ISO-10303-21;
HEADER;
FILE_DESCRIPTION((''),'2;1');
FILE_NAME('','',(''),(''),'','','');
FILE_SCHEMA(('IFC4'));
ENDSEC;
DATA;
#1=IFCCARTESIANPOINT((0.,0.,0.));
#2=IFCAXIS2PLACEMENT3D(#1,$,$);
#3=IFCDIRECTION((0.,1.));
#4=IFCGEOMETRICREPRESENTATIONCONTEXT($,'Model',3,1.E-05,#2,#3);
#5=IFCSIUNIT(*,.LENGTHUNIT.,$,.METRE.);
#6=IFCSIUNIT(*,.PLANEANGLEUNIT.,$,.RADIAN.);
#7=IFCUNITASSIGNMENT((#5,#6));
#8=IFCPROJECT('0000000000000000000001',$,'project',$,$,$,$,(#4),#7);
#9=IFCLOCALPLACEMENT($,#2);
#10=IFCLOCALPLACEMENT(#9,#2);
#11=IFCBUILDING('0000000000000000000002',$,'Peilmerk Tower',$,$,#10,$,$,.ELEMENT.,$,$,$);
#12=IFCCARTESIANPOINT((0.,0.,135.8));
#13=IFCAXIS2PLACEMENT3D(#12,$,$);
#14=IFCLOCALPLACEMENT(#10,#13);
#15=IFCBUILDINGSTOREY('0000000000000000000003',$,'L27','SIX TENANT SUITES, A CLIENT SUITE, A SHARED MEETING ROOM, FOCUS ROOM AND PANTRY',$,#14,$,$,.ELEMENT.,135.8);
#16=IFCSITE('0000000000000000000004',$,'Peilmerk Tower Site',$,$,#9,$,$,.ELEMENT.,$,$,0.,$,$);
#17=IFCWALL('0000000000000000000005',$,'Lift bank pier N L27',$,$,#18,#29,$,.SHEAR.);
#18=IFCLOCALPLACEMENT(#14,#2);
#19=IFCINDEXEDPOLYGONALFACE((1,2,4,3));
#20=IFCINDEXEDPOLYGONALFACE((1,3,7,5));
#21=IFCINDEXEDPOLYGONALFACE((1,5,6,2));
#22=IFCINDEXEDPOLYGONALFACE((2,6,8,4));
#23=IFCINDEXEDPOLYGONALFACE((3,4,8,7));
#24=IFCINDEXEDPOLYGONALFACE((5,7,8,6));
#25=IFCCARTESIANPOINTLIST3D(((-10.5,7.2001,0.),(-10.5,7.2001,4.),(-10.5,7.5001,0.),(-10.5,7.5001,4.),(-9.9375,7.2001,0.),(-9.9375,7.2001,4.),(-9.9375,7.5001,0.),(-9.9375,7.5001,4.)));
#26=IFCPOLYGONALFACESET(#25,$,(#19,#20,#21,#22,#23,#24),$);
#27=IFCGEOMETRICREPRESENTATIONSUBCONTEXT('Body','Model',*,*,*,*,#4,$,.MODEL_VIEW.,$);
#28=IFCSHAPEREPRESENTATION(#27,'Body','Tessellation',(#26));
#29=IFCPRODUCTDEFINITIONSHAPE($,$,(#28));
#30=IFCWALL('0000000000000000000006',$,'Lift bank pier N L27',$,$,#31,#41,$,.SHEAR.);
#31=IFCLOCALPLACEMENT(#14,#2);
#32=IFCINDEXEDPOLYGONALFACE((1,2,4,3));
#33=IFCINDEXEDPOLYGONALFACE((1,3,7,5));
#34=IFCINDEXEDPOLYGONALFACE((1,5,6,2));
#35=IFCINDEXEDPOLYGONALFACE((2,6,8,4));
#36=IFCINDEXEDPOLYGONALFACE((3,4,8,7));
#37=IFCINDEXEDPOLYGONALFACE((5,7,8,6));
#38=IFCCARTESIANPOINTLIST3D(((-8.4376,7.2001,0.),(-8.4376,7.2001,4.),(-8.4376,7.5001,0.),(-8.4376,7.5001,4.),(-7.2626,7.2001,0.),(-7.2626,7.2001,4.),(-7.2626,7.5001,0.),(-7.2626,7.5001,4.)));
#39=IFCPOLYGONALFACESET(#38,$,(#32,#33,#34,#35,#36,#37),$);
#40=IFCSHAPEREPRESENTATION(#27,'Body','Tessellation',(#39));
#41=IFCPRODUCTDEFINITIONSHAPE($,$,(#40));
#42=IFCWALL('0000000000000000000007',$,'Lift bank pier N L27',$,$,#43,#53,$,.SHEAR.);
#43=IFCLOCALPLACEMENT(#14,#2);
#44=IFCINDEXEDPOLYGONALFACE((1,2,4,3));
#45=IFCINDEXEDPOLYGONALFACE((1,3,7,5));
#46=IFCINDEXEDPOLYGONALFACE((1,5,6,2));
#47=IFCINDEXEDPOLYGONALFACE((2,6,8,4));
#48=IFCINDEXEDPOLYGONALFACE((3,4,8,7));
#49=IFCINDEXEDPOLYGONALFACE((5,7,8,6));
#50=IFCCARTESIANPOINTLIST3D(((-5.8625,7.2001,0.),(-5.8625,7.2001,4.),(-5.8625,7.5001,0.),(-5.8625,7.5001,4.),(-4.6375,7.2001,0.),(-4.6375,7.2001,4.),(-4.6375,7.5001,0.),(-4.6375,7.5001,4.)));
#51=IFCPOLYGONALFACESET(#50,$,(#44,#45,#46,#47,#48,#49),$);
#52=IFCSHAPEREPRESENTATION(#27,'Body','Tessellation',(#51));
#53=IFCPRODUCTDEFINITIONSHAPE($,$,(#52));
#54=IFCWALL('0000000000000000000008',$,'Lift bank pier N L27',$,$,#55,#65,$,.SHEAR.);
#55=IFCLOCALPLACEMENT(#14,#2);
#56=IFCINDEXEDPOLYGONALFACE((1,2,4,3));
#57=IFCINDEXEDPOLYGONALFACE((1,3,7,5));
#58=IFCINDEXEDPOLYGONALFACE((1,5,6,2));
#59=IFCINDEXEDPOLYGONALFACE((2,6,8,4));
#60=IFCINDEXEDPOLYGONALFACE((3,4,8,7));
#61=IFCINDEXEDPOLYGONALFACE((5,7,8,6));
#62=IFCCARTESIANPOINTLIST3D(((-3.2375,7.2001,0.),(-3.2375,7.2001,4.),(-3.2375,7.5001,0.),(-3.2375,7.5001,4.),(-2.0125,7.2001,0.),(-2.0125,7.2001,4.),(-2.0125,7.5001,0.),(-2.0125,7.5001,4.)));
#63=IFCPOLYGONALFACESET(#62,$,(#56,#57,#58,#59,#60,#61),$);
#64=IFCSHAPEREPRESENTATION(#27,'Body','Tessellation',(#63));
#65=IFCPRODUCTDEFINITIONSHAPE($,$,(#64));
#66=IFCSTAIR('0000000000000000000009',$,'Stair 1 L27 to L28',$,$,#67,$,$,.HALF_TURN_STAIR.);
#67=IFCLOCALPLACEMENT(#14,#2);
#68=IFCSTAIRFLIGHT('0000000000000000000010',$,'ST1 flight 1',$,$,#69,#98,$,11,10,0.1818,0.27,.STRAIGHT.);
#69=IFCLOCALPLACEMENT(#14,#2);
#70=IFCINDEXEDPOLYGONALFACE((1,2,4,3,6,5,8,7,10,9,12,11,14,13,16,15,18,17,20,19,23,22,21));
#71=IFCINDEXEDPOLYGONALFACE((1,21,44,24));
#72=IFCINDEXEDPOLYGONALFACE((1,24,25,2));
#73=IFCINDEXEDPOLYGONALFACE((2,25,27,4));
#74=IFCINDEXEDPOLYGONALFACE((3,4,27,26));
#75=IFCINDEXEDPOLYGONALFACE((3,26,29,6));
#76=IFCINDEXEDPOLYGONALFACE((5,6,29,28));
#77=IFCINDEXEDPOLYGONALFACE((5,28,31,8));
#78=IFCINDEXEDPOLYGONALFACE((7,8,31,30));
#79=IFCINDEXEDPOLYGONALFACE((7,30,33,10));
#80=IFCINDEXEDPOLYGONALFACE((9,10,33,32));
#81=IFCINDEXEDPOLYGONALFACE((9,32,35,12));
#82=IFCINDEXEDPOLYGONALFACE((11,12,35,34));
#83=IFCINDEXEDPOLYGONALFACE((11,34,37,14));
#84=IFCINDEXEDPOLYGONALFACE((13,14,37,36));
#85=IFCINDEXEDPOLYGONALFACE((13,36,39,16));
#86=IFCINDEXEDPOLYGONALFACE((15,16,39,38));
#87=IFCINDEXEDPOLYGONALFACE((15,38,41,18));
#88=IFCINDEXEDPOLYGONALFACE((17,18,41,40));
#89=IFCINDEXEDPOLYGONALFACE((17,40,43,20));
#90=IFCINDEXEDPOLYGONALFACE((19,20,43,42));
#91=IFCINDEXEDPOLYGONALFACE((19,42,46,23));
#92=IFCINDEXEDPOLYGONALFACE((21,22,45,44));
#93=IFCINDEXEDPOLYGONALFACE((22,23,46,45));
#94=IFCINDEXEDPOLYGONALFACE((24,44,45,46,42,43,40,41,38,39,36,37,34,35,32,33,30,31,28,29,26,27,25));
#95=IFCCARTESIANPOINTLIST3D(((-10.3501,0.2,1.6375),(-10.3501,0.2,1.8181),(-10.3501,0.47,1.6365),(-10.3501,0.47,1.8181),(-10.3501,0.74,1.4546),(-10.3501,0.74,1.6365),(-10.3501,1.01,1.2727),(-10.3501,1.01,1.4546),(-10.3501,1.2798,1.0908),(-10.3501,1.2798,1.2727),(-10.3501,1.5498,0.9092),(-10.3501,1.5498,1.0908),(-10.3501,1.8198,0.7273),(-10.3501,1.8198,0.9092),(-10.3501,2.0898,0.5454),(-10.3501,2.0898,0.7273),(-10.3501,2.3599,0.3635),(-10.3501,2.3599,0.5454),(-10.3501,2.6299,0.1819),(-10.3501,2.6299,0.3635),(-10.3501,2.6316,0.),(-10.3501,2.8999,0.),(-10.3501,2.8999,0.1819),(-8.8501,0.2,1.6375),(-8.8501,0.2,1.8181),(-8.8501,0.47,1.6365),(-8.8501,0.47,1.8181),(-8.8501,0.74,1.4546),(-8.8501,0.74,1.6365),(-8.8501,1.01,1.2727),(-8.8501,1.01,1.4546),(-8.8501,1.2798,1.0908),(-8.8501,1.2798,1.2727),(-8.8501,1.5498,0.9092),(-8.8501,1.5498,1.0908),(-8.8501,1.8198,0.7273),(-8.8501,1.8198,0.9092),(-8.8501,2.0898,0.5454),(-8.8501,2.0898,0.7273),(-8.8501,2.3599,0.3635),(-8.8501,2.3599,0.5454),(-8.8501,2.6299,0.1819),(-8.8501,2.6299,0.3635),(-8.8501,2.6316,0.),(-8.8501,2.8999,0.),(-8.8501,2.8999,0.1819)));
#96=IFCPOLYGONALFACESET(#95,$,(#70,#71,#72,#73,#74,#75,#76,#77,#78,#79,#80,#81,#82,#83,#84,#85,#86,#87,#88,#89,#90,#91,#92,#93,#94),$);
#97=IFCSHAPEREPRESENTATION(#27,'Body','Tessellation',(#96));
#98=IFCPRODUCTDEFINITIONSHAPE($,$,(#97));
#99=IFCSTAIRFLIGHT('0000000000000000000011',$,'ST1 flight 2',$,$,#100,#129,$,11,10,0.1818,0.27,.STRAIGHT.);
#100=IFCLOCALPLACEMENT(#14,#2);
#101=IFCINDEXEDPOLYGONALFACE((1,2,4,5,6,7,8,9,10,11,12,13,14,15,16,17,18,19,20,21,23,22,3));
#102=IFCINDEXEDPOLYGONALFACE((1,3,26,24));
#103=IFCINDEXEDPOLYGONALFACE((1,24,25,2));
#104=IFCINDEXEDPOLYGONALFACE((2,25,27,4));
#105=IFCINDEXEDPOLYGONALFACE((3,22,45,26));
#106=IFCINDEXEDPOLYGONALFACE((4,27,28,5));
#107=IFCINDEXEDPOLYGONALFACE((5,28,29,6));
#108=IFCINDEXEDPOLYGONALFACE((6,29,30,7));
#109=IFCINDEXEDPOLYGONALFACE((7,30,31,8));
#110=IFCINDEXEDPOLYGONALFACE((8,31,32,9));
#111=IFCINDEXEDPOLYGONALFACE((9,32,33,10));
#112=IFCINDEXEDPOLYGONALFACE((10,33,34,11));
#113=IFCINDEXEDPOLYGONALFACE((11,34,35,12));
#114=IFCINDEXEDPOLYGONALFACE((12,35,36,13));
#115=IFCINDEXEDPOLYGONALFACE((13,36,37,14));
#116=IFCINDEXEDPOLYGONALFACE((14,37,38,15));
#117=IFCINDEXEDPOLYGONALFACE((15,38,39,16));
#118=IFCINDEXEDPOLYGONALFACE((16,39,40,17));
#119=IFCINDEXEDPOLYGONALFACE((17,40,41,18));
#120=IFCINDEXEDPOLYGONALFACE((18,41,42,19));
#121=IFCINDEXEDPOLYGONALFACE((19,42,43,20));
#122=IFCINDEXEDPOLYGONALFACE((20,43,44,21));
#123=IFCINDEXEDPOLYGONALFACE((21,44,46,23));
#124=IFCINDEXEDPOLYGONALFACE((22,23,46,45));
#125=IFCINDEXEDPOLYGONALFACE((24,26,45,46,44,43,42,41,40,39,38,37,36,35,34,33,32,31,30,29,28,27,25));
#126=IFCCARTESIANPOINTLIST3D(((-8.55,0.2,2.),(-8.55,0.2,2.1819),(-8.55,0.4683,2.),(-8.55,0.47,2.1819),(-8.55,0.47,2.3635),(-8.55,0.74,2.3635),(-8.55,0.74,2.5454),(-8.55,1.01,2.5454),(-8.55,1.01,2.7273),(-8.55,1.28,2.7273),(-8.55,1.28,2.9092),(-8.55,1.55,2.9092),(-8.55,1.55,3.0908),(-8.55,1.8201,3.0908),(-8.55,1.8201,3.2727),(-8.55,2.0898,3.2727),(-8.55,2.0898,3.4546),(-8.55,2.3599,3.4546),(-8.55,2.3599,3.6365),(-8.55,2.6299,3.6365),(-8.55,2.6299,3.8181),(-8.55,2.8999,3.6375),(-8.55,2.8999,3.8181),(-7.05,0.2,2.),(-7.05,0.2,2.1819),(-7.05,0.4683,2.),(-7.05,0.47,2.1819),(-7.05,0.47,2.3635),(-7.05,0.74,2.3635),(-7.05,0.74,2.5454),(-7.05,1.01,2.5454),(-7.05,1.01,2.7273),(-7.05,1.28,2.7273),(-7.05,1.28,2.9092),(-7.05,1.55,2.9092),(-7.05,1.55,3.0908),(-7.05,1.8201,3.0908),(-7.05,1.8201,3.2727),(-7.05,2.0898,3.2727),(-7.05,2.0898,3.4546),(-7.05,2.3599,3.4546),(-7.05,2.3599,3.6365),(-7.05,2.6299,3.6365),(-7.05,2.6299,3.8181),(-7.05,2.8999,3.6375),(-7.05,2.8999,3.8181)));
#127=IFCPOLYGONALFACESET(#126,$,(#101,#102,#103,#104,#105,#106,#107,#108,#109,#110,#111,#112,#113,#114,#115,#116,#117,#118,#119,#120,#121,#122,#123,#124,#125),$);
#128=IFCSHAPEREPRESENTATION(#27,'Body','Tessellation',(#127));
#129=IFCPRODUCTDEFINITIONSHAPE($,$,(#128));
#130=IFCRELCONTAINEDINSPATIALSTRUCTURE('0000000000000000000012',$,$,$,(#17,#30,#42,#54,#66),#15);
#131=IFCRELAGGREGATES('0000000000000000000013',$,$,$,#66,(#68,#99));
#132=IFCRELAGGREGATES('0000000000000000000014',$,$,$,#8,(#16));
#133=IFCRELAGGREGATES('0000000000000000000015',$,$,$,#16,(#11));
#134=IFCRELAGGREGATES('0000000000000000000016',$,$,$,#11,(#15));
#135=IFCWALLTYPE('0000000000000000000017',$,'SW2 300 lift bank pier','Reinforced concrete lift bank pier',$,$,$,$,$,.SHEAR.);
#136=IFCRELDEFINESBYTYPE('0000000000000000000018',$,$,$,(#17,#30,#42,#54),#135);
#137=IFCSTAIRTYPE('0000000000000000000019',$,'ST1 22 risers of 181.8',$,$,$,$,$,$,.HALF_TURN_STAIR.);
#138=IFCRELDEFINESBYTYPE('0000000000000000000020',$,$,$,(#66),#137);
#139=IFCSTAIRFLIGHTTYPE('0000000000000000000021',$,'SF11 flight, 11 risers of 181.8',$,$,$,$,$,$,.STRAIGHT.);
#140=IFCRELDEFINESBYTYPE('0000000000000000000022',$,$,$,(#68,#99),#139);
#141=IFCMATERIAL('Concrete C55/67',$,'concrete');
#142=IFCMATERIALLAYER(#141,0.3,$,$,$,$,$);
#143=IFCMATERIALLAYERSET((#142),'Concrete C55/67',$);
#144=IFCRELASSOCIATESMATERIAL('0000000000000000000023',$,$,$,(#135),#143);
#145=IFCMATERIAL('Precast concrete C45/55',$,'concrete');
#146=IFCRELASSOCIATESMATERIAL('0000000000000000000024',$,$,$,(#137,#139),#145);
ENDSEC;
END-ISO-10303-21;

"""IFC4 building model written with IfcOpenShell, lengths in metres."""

from ifc_helpers import new_model, si_unit, direction, frame, frame_2d, origin, place, context, subcontext, project, spatial, polyline, rectangle, outline, extrude, material, layer, layer_set, type_object, element, aggregate, save


model = new_model("IFC4")

# Units and contexts
model_context = context("Model", 3, precision=1e-05, world=origin(), true_north=direction((0.0, 1.0)))
body_context = subcontext(model_context, "Body", "Model", "MODEL_VIEW")
ifc_project = project(units=[si_unit("LENGTHUNIT", "METRE"), si_unit("PLANEANGLEUNIT", "RADIAN")], contexts=[model_context])

# Site, building, storey
site_placement = place(None, origin())
site = spatial("IfcSite", under=ifc_project, at=site_placement, Name="Peilmerk Tower Site", CompositionType="ELEMENT", RefElevation=0.0)
building_placement = place(site_placement, origin())
building = spatial("IfcBuilding", under=site, at=building_placement, Name="Peilmerk Tower", CompositionType="ELEMENT")
storey_placement = place(building_placement, frame((0.0, 0.0, 135.8)))
storey = spatial("IfcBuildingStorey", under=building, at=storey_placement, Name="L27", Description="SIX TENANT SUITES, A CLIENT SUITE, A SHARED MEETING ROOM, FOCUS ROOM AND PANTRY", CompositionType="ELEMENT", Elevation=135.8)

# Shared definitions
ifc_material_1 = material(Name="Concrete C55/67", Category="concrete")

# Walls
ifc_layer_1 = layer(ifc_material_1, 0.3)
ifc_layer_set_1 = layer_set([ifc_layer_1], Name="Concrete C55/67")
wall_type_1 = type_object("IfcWallType", Name="SW2 300 lift bank pier", Description="Reinforced concrete lift bank pier", PredefinedType="SHEAR", material=ifc_layer_set_1)
wall_1_placement = place(storey_placement, frame((-10.5, 7.3501, 0.0), z_axis=(0.0, 0.0, 1.0), x_axis=(1.0, 0.0, 0.0)))
element("IfcWall", 1, at=wall_1_placement, inside=storey, type_object=wall_type_1, Name="Lift bank pier N L27", PredefinedType="SHEAR", context=body_context, shape_type="SweptSolid", body=[
    extrude(rectangle(XDim=0.5625, YDim=0.3, at=frame_2d((0.2812, 0.0))), origin(), (0.0, 0.0, 1.0), 4.0),
])
wall_2_placement = place(storey_placement, frame((-8.4375, 7.3501, 0.0), z_axis=(0.0, 0.0, 1.0), x_axis=(1.0, 0.0, 0.0)))
element("IfcWall", 2, at=wall_2_placement, inside=storey, type_object=wall_type_1, Name="Lift bank pier N L27", PredefinedType="SHEAR", context=body_context, shape_type="SweptSolid", body=[
    extrude(rectangle(XDim=1.175, YDim=0.3, at=frame_2d((0.5874, 0.0))), origin(), (0.0, 0.0, 1.0), 4.0),
])
for number, where, z_axis, x_axis, name in (
    (3, (-5.8625, 7.3501, 0.0), (0.0, 0.0, 1.0), (1.0, 0.0, 0.0), "Lift bank pier N L27"),
    (4, (-3.2375, 7.3501, 0.0), (0.0, 0.0, 1.0), (1.0, 0.0, 0.0), "Lift bank pier N L27"),
):
    element("IfcWall", number, at=place(storey_placement, frame(where, z_axis=z_axis, x_axis=x_axis)), inside=storey, type_object=wall_type_1, Name=name, PredefinedType="SHEAR", context=body_context, shape_type="SweptSolid", body=[
        extrude(rectangle(XDim=1.2251, YDim=0.3, at=frame_2d((0.6125, 0.0))), origin(), (0.0, 0.0, 1.0), 4.0),
    ])

# Stair, stair flights
ifc_material_2 = material(Name="Precast concrete C45/55", Category="concrete")
stair_type = type_object("IfcStairType", Name="ST1 22 risers of 181.8", PredefinedType="HALF_TURN_STAIR", material=ifc_material_2)
stair_placement = place(storey_placement, origin())
stair = element("IfcStair", 5, at=stair_placement, inside=storey, type_object=stair_type, Name="Stair 1 L27 to L28", PredefinedType="HALF_TURN_STAIR")
stair_flight_type = type_object("IfcStairFlightType", Name="SF11 flight, 11 risers of 181.8", PredefinedType="STRAIGHT", material=ifc_material_2)
stair_flight_1_placement = place(storey_placement, frame((-9.6001, 2.8999, 0.0), z_axis=(0.0, 0.0, 1.0), x_axis=(0.0, -1.0, 0.0)))
stair_flight_1 = element("IfcStairFlight", 6, at=stair_flight_1_placement, type_object=stair_flight_type, Name="ST1 flight 1", NumberOfRisers=11, NumberOfTreads=10, PredefinedType="STRAIGHT", RiserHeight=0.1818, TreadLength=0.27, context=body_context, shape_type="SweptSolid", body=[
    extrude(outline(polyline([(0.0, 0.0), (0.0, 0.1819), (0.27, 0.1819), (0.27, 0.3635), (0.54, 0.3635), (0.54, 0.5454), (0.8101, 0.5454), (0.8101, 0.7273), (1.0801, 0.7273), (1.0801, 0.9092), (1.3501, 0.9092), (1.3501, 1.0908), (1.6201, 1.0908), (1.6201, 1.2727), (1.8899, 1.2727), (1.8899, 1.4546), (2.1599, 1.4546), (2.1599, 1.6365), (2.4299, 1.6365), (2.4299, 1.8181), (2.7, 1.8181), (2.7, 2.0), (2.7, 1.6375), (0.2683, 0.0), (0.0, 0.0)])), frame((0.0, 0.75, 0.0), z_axis=(0.0, -1.0, 0.0), x_axis=(1.0, 0.0, 0.0)), (0.0, 0.0, 1.0), 1.5),
])
stair_flight_2_placement = place(storey_placement, frame((-7.8, 0.2, 2.0), z_axis=(0.0, 0.0, 1.0), x_axis=(0.0, 1.0, 0.0)))
stair_flight_2 = element("IfcStairFlight", 7, at=stair_flight_2_placement, type_object=stair_flight_type, Name="ST1 flight 2", NumberOfRisers=11, NumberOfTreads=10, PredefinedType="STRAIGHT", RiserHeight=0.1818, TreadLength=0.27, context=body_context, shape_type="SweptSolid", body=[
    extrude(outline(polyline([(0.0, 0.0), (0.0, 0.1819), (0.27, 0.1819), (0.27, 0.3635), (0.54, 0.3635), (0.54, 0.5454), (0.8101, 0.5454), (0.8101, 0.7273), (1.0801, 0.7273), (1.0801, 0.9092), (1.3501, 0.9092), (1.3501, 1.0908), (1.6201, 1.0908), (1.6201, 1.2727), (1.8899, 1.2727), (1.8899, 1.4546), (2.1599, 1.4546), (2.1599, 1.6365), (2.4299, 1.6365), (2.4299, 1.8181), (2.7, 1.8181), (2.7, 2.0), (2.7, 1.6375), (0.2683, 0.0), (0.0, 0.0)])), frame((0.0, 0.75, 0.0), z_axis=(0.0, -1.0, 0.0), x_axis=(1.0, 0.0, 0.0)), (0.0, 0.0, 1.0), 1.5),
])
aggregate(stair, [stair_flight_1, stair_flight_2])

save(model, "model.ifc")
